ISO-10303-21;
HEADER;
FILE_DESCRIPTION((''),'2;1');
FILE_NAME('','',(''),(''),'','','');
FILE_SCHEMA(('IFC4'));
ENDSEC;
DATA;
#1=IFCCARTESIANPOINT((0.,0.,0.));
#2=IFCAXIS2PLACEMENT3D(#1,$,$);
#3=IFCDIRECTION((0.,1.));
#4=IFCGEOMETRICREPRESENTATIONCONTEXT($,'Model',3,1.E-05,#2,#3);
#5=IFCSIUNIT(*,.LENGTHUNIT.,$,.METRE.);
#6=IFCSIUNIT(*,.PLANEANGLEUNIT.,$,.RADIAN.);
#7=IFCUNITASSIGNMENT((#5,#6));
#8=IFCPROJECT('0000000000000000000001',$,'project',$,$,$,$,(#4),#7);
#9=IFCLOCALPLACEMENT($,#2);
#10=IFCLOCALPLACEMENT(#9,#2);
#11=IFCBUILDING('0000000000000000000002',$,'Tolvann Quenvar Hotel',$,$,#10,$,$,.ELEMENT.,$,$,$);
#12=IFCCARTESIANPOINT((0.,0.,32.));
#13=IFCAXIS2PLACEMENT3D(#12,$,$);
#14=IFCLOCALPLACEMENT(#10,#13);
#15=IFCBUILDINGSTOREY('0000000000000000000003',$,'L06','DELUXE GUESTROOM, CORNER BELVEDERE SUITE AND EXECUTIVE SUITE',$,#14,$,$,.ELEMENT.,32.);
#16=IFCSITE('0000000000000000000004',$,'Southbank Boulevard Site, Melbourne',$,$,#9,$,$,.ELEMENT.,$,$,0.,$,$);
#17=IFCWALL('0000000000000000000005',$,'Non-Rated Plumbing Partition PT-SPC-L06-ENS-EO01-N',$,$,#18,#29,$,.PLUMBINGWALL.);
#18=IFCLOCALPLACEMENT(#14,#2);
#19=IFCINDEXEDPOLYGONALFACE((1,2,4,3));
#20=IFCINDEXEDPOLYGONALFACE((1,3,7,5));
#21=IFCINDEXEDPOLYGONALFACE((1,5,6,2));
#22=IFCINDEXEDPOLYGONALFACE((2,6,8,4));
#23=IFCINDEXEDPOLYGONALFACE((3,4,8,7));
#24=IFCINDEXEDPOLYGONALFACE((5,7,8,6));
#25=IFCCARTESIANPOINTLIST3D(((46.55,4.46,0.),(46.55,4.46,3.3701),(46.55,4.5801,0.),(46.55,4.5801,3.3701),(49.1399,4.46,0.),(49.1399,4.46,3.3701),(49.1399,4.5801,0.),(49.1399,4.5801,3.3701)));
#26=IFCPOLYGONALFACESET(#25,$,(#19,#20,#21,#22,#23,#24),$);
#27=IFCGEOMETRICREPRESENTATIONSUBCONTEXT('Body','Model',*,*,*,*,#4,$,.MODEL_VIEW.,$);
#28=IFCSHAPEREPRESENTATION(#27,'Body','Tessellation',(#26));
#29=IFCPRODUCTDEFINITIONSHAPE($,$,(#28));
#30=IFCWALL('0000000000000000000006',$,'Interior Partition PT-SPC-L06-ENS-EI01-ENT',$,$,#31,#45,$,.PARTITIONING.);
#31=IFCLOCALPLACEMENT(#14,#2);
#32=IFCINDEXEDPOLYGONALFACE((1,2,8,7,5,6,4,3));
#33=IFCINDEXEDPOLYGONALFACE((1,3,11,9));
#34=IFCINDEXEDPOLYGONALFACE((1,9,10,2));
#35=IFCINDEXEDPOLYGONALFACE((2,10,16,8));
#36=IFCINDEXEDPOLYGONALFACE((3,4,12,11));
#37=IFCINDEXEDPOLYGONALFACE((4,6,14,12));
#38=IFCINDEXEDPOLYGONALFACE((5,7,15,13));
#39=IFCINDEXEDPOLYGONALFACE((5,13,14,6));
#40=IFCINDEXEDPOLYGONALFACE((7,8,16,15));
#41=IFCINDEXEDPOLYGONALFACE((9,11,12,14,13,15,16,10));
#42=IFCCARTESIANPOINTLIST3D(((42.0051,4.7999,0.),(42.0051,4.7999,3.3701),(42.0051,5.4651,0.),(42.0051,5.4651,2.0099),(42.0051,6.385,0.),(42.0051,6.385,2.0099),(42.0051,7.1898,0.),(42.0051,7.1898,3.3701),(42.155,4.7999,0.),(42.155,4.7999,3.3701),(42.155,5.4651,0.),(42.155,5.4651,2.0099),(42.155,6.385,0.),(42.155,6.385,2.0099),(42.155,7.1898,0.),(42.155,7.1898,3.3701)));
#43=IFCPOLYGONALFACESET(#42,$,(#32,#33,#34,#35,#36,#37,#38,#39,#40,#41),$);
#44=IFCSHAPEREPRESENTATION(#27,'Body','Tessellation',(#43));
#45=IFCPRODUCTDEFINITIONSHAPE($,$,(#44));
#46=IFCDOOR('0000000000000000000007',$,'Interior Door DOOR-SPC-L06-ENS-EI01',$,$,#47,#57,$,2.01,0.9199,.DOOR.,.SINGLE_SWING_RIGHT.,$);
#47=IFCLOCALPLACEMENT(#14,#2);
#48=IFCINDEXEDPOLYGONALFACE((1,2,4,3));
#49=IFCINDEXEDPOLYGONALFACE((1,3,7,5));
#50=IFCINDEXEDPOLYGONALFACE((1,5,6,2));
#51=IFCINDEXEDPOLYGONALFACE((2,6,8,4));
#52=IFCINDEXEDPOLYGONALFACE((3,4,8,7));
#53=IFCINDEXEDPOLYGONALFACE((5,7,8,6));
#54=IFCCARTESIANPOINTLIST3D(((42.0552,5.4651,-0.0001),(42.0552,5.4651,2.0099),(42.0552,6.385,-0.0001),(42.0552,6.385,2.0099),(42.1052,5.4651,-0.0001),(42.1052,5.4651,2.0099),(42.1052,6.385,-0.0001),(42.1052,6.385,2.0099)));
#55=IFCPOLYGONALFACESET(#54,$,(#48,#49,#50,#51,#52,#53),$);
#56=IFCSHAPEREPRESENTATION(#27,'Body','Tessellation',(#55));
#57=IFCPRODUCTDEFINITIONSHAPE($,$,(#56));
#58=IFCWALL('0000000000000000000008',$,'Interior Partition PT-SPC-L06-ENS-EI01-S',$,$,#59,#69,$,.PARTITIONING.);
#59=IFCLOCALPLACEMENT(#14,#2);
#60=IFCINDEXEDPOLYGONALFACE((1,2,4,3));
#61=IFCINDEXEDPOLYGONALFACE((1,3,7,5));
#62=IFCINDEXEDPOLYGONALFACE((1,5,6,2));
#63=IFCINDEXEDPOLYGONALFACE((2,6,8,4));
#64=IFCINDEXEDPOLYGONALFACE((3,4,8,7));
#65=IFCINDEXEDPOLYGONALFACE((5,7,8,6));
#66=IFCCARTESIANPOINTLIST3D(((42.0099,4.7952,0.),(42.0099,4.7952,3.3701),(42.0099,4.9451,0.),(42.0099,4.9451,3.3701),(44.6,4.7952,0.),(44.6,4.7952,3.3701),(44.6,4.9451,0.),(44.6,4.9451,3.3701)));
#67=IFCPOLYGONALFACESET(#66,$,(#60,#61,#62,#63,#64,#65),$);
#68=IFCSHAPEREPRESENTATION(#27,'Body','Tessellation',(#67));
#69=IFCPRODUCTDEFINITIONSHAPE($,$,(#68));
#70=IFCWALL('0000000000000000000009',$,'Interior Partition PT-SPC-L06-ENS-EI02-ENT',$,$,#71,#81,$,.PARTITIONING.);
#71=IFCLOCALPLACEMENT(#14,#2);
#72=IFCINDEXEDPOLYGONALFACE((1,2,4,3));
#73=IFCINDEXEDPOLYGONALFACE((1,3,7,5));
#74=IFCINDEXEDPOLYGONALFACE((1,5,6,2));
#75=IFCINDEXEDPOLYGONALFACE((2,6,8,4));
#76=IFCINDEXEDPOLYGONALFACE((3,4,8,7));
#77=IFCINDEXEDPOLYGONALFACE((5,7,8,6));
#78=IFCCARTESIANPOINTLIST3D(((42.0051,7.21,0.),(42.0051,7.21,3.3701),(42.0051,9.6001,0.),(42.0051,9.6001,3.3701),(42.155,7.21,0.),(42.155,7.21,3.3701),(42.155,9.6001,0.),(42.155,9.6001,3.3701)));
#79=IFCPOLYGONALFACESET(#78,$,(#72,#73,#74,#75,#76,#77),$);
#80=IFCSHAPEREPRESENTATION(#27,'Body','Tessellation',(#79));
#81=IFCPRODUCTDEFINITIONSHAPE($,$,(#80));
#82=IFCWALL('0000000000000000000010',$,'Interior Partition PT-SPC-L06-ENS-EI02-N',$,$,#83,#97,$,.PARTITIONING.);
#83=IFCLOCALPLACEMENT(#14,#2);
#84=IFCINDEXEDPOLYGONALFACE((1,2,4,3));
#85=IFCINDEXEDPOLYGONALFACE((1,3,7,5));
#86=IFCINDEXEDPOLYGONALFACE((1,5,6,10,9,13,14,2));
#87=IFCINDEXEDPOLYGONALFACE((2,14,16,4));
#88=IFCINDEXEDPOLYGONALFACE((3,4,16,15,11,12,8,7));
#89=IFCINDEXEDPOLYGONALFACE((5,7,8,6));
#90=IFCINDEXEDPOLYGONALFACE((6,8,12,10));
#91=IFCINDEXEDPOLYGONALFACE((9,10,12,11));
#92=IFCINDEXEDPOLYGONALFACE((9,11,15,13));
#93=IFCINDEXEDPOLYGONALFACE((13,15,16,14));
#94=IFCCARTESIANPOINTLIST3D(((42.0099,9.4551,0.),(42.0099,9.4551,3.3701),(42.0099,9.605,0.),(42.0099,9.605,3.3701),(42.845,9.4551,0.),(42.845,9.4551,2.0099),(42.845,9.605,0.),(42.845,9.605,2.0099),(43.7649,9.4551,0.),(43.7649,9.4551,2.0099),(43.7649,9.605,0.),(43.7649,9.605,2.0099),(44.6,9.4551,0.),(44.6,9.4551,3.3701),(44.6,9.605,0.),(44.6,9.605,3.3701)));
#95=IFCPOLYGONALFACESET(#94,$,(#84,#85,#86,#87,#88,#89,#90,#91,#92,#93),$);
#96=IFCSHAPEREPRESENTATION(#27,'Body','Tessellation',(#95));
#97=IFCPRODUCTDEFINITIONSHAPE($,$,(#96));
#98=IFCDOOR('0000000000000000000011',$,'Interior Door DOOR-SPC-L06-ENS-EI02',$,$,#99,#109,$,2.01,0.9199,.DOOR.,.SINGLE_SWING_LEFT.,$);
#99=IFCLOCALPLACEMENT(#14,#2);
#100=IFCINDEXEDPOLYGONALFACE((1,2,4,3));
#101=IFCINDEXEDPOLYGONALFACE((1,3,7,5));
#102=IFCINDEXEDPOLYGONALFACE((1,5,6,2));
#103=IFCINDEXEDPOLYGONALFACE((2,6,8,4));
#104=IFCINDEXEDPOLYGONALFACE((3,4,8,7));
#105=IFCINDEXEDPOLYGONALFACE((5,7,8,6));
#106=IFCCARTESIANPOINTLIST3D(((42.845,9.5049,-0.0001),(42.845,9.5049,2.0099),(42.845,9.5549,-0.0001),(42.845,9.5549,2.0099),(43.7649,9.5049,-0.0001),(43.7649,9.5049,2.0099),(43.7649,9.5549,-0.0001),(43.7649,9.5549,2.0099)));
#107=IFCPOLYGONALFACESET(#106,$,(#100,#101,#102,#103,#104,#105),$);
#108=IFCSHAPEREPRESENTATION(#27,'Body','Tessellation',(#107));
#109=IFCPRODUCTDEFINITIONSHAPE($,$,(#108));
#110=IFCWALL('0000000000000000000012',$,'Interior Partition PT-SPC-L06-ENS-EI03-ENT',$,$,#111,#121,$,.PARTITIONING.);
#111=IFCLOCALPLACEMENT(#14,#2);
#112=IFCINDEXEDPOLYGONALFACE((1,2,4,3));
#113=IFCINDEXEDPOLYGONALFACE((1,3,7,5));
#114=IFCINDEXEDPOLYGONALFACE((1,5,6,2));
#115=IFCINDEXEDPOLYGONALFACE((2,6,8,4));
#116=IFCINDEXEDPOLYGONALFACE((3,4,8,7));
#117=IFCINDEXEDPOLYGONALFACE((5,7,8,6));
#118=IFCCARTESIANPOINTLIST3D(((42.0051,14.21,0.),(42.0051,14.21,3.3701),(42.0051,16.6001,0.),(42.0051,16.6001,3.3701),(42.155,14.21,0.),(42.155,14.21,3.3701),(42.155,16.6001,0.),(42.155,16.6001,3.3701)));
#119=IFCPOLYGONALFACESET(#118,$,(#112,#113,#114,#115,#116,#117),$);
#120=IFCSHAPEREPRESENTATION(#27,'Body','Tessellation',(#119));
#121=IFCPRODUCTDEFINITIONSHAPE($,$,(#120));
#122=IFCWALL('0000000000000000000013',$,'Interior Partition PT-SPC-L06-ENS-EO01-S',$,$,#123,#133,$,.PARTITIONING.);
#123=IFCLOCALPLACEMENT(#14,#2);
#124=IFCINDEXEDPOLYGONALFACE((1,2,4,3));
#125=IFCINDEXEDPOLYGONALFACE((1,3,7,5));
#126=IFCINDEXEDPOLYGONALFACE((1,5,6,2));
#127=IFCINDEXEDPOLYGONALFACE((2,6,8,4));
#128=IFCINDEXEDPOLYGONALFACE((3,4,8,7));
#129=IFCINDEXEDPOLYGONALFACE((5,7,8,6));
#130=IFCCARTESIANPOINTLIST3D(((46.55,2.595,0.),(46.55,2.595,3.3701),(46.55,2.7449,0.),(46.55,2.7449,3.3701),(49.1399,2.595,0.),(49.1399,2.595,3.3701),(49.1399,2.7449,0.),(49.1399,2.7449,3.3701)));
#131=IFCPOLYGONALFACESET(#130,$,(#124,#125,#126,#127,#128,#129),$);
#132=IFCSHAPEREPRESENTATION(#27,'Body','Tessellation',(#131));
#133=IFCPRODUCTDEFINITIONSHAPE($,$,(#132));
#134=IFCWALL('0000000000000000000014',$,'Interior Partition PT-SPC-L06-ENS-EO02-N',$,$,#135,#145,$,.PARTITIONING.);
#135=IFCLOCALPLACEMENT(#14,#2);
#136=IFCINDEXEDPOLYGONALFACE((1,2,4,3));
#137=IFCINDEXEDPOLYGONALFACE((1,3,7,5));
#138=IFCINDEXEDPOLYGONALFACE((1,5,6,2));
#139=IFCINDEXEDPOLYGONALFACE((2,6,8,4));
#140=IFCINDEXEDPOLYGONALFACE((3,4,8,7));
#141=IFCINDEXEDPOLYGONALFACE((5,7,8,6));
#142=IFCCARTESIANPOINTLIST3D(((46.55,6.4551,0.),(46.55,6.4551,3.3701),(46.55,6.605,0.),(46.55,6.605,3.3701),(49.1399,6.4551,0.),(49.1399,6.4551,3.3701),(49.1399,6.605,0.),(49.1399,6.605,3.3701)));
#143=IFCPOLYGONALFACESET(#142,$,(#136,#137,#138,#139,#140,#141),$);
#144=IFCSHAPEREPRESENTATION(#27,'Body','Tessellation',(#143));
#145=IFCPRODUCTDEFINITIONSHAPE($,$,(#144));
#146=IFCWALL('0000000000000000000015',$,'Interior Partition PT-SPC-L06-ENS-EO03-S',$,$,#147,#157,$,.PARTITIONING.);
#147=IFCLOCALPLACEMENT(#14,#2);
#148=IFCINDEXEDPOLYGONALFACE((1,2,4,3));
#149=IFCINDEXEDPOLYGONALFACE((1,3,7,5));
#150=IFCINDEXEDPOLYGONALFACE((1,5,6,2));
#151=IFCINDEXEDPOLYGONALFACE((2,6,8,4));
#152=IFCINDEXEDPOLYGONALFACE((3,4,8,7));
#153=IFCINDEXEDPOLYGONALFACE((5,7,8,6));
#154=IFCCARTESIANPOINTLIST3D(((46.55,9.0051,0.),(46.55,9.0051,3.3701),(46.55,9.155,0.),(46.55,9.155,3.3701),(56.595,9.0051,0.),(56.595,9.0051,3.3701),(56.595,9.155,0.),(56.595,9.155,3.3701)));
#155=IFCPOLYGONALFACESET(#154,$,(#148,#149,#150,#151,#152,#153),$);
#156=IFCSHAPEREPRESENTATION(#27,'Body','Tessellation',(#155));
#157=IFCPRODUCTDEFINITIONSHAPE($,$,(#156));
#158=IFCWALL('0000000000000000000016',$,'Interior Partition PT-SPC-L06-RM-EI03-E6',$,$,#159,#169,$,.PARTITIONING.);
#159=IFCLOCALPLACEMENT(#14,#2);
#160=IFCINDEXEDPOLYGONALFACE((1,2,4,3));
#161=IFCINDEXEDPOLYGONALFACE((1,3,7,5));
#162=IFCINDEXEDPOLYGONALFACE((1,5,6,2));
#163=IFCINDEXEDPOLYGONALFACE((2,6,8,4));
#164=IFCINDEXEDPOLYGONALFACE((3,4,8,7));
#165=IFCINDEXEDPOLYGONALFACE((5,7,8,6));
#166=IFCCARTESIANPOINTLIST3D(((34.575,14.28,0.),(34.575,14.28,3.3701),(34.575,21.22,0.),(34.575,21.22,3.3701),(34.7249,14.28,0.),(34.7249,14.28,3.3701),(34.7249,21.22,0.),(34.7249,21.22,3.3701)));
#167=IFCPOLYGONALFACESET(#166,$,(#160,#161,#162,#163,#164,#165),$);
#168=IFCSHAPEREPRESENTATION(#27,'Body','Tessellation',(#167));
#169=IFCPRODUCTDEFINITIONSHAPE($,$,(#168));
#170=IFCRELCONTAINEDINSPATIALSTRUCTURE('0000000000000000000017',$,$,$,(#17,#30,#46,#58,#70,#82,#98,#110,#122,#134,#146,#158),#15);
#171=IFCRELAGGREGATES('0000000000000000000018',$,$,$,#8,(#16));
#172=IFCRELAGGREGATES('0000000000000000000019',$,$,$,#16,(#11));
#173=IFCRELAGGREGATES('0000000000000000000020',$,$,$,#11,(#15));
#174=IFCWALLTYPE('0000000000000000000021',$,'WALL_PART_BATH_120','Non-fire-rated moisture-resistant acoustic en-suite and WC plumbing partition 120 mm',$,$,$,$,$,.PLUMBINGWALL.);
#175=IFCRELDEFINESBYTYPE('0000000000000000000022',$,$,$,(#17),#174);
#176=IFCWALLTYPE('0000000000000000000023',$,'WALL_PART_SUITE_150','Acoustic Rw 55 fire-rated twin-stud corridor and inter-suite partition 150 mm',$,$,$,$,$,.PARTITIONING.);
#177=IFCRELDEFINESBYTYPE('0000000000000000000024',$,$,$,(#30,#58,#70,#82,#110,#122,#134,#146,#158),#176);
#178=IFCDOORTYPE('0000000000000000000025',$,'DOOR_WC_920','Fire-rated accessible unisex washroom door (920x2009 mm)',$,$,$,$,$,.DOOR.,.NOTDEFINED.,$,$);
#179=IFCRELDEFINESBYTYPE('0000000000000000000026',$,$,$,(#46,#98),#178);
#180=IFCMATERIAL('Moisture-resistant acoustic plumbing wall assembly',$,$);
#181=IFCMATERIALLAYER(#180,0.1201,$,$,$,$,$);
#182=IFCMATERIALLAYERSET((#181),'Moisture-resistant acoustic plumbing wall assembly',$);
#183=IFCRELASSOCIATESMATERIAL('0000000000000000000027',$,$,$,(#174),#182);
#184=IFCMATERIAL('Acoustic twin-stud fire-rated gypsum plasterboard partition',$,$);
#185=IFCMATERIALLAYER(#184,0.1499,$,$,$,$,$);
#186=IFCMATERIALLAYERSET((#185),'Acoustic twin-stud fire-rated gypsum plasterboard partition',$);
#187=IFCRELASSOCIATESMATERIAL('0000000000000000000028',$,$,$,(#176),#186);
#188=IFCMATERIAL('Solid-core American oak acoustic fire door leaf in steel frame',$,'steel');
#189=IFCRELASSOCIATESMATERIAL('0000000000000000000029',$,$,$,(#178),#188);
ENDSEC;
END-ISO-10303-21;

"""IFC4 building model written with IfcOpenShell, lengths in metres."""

from ifc_helpers import new_model, si_unit, direction, frame, frame_2d, origin, place, context, subcontext, project, spatial, rectangle, extrude, source, transform, mapped, material, layer, layer_set, type_object, type_shapes, element, fill, save


model = new_model("IFC4")

# Units and contexts
model_context = context("Model", 3, precision=1e-05, world=origin(), true_north=direction((0.0, 1.0)))
body_context = subcontext(model_context, "Body", "Model", "MODEL_VIEW")
ifc_project = project(units=[si_unit("LENGTHUNIT", "METRE"), si_unit("PLANEANGLEUNIT", "RADIAN")], contexts=[model_context])

# Site, building, storey
site_placement = place(None, origin())
site = spatial("IfcSite", under=ifc_project, at=site_placement, Name="Southbank Boulevard Site, Melbourne", CompositionType="ELEMENT", RefElevation=0.0)
building_placement = place(site_placement, origin())
building = spatial("IfcBuilding", under=site, at=building_placement, Name="Tolvann Quenvar Hotel", CompositionType="ELEMENT")
storey_placement = place(building_placement, frame((0.0, 0.0, 32.0)))
storey = spatial("IfcBuildingStorey", under=building, at=storey_placement, Name="L06", Description="DELUXE GUESTROOM, CORNER BELVEDERE SUITE AND EXECUTIVE SUITE", CompositionType="ELEMENT", Elevation=32.0)

# Wall
ifc_material_1 = material(Name="Moisture-resistant acoustic plumbing wall assembly")
ifc_layer_1 = layer(ifc_material_1, 0.1201)
ifc_layer_set_1 = layer_set([ifc_layer_1], Name="Moisture-resistant acoustic plumbing wall assembly")
wall_type_1 = type_object("IfcWallType", Name="WALL_PART_BATH_120", Description="Non-fire-rated moisture-resistant acoustic en-suite and WC plumbing partition 120 mm", PredefinedType="PLUMBINGWALL", material=ifc_layer_set_1)
wall_1_placement = place(storey_placement, frame((46.55, 4.52, 0.0), z_axis=(0.0, 0.0, 1.0), x_axis=(1.0, 0.0, 0.0)))
element("IfcWall", 1, at=wall_1_placement, inside=storey, type_object=wall_type_1, Name="Non-Rated Plumbing Partition PT-SPC-L06-ENS-EO01-N", PredefinedType="PLUMBINGWALL", context=body_context, shape_type="SweptSolid", body=[
    extrude(rectangle(XDim=2.5898, YDim=0.1201, at=frame_2d((1.2949, 0.0))), origin(), (0.0, 0.0, 1.0), 3.3701),
])

# Wall, opening, door
ifc_material_2 = material(Name="Acoustic twin-stud fire-rated gypsum plasterboard partition")
ifc_layer_2 = layer(ifc_material_2, 0.1499)
ifc_layer_set_2 = layer_set([ifc_layer_2], Name="Acoustic twin-stud fire-rated gypsum plasterboard partition")
wall_type_2 = type_object("IfcWallType", Name="WALL_PART_SUITE_150", Description="Acoustic Rw 55 fire-rated twin-stud corridor and inter-suite partition 150 mm", PredefinedType="PARTITIONING", material=ifc_layer_set_2)
wall_2_placement = place(storey_placement, frame((42.0801, 4.8, 0.0), z_axis=(0.0, 0.0, 1.0), x_axis=(0.0, 1.0, 0.0)))
wall_2 = element("IfcWall", 2, at=wall_2_placement, inside=storey, type_object=wall_type_2, Name="Interior Partition PT-SPC-L06-ENS-EI01-ENT", PredefinedType="PARTITIONING", context=body_context, shape_type="SweptSolid", body=[
    extrude(rectangle(XDim=2.3899, YDim=0.1499, at=frame_2d((1.1948, 0.0))), origin(), (0.0, 0.0, 1.0), 3.3701),
])
opening_1_placement = place(wall_2_placement, frame((0.665, 0.0, 0.0)))
opening_1 = element("IfcOpeningElement", 3, at=opening_1_placement, cuts=wall_2, PredefinedType="OPENING", context=body_context, shape_type="SweptSolid", body=[
    extrude(rectangle(XDim=0.9199, YDim=2.01, at=frame_2d((0.46, 1.0049))), frame((0.0, 0.085, 0.0), z_axis=(0.0, -1.0, 0.0), x_axis=(1.0, 0.0, 0.0)), (0.0, 0.0, 1.0), 0.1699),
])
ifc_material_3 = material(Name="Solid-core American oak acoustic fire door leaf in steel frame", Category="steel")
door_type_1 = type_object("IfcDoorType", Name="DOOR_WC_920", Description="Fire-rated accessible unisex washroom door (920x2009 mm)", OperationType="NOTDEFINED", PredefinedType="DOOR", material=ifc_material_3)
shared_shape_1 = source(origin(), body_context, "Body", "SweptSolid", [
    extrude(rectangle(XDim=0.9199, YDim=2.01, at=frame_2d((0.46, 1.0049))), frame((0.0, 0.0249, 0.0), z_axis=(0.0, -1.0, 0.0), x_axis=(1.0, 0.0, 0.0)), (0.0, 0.0, 1.0), 0.05),
])
type_shapes(door_type_1, [shared_shape_1])
door_1_placement = place(opening_1_placement, origin())
door_1 = element("IfcDoor", 4, at=door_1_placement, inside=storey, type_object=door_type_1, Name="Interior Door DOOR-SPC-L06-ENS-EI01", OperationType="SINGLE_SWING_RIGHT", OverallHeight=2.01, OverallWidth=0.9199, PredefinedType="DOOR", context=body_context, shape_type="MappedRepresentation", body=[
    mapped(shared_shape_1, transform((0.0, 0.0, 0.0), x_axis=(1.0, 0.0, 0.0), y_axis=(0.0, 1.0, 0.0), z_axis=(0.0, 0.0, 1.0), scale=1.0)),
])
fill(opening_1, door_1)

# Walls
wall_3_placement = place(storey_placement, frame((42.01, 4.8701, 0.0), z_axis=(0.0, 0.0, 1.0), x_axis=(1.0, 0.0, 0.0)))
element("IfcWall", 5, at=wall_3_placement, inside=storey, type_object=wall_type_2, Name="Interior Partition PT-SPC-L06-ENS-EI01-S", PredefinedType="PARTITIONING", context=body_context, shape_type="SweptSolid", body=[
    extrude(rectangle(XDim=2.5901, YDim=0.1499, at=frame_2d((1.2949, 0.0))), origin(), (0.0, 0.0, 1.0), 3.3701),
])
wall_4_placement = place(storey_placement, frame((42.0801, 7.21, 0.0), z_axis=(0.0, 0.0, 1.0), x_axis=(0.0, 1.0, 0.0)))
element("IfcWall", 6, at=wall_4_placement, inside=storey, type_object=wall_type_2, Name="Interior Partition PT-SPC-L06-ENS-EI02-ENT", PredefinedType="PARTITIONING", context=body_context, shape_type="SweptSolid", body=[
    extrude(rectangle(XDim=2.3901, YDim=0.1499, at=frame_2d((1.1951, 0.0))), origin(), (0.0, 0.0, 1.0), 3.3701),
])

# Wall, opening, door
wall_5_placement = place(storey_placement, frame((42.01, 9.53, 0.0), z_axis=(0.0, 0.0, 1.0), x_axis=(1.0, 0.0, 0.0)))
wall_5 = element("IfcWall", 7, at=wall_5_placement, inside=storey, type_object=wall_type_2, Name="Interior Partition PT-SPC-L06-ENS-EI02-N", PredefinedType="PARTITIONING", context=body_context, shape_type="SweptSolid", body=[
    extrude(rectangle(XDim=2.5901, YDim=0.1499, at=frame_2d((1.2949, 0.0))), origin(), (0.0, 0.0, 1.0), 3.3701),
])
opening_2_placement = place(wall_5_placement, frame((0.835, 0.0, 0.0)))
opening_2 = element("IfcOpeningElement", 8, at=opening_2_placement, cuts=wall_5, PredefinedType="OPENING", context=body_context, shape_type="SweptSolid", body=[
    extrude(rectangle(XDim=0.9199, YDim=2.01, at=frame_2d((0.46, 1.0049))), frame((0.0, 0.085, 0.0), z_axis=(0.0, -1.0, 0.0), x_axis=(1.0, 0.0, 0.0)), (0.0, 0.0, 1.0), 0.1699),
])
door_2_placement = place(opening_2_placement, origin())
door_2 = element("IfcDoor", 9, at=door_2_placement, inside=storey, type_object=door_type_1, Name="Interior Door DOOR-SPC-L06-ENS-EI02", OperationType="SINGLE_SWING_LEFT", OverallHeight=2.01, OverallWidth=0.9199, PredefinedType="DOOR", context=body_context, shape_type="MappedRepresentation", body=[
    mapped(shared_shape_1, transform((0.0, 0.0, 0.0), x_axis=(1.0, 0.0, 0.0), y_axis=(0.0, 1.0, 0.0), z_axis=(0.0, 0.0, 1.0), scale=1.0)),
])
fill(opening_2, door_2)

# Walls
wall_6_placement = place(storey_placement, frame((42.0801, 14.21, 0.0), z_axis=(0.0, 0.0, 1.0), x_axis=(0.0, 1.0, 0.0)))
element("IfcWall", 10, at=wall_6_placement, inside=storey, type_object=wall_type_2, Name="Interior Partition PT-SPC-L06-ENS-EI03-ENT", PredefinedType="PARTITIONING", context=body_context, shape_type="SweptSolid", body=[
    extrude(rectangle(XDim=2.3901, YDim=0.1499, at=frame_2d((1.1951, 0.0))), origin(), (0.0, 0.0, 1.0), 3.3701),
])
for number, where, z_axis, x_axis, name in (
    (11, (46.55, 2.6699, 0.0), (0.0, 0.0, 1.0), (1.0, 0.0, 0.0), "Interior Partition PT-SPC-L06-ENS-EO01-S"),
    (12, (46.55, 6.53, 0.0), (0.0, 0.0, 1.0), (1.0, 0.0, 0.0), "Interior Partition PT-SPC-L06-ENS-EO02-N"),
):
    element("IfcWall", number, at=place(storey_placement, frame(where, z_axis=z_axis, x_axis=x_axis)), inside=storey, type_object=wall_type_2, Name=name, PredefinedType="PARTITIONING", context=body_context, shape_type="SweptSolid", body=[
        extrude(rectangle(XDim=2.5898, YDim=0.1499, at=frame_2d((1.2949, 0.0))), origin(), (0.0, 0.0, 1.0), 3.3701),
    ])
wall_7_placement = place(storey_placement, frame((46.55, 9.0801, 0.0), z_axis=(0.0, 0.0, 1.0), x_axis=(1.0, 0.0, 0.0)))
element("IfcWall", 13, at=wall_7_placement, inside=storey, type_object=wall_type_2, Name="Interior Partition PT-SPC-L06-ENS-EO03-S", PredefinedType="PARTITIONING", context=body_context, shape_type="SweptSolid", body=[
    extrude(rectangle(XDim=10.0449, YDim=0.1499, at=frame_2d((5.0225, 0.0))), origin(), (0.0, 0.0, 1.0), 3.3701),
])

# Wall
wall_8_placement = place(storey_placement, frame((34.6499, 14.28, 0.0), z_axis=(0.0, 0.0, 1.0), x_axis=(0.0, 1.0, 0.0)))
element("IfcWall", 14, at=wall_8_placement, inside=storey, type_object=wall_type_2, Name="Interior Partition PT-SPC-L06-RM-EI03-E6", PredefinedType="PARTITIONING", context=body_context, shape_type="SweptSolid", body=[
    extrude(rectangle(XDim=6.9399, YDim=0.1499, at=frame_2d((3.47, 0.0))), origin(), (0.0, 0.0, 1.0), 3.3701),
])

save(model, "model.ifc")
